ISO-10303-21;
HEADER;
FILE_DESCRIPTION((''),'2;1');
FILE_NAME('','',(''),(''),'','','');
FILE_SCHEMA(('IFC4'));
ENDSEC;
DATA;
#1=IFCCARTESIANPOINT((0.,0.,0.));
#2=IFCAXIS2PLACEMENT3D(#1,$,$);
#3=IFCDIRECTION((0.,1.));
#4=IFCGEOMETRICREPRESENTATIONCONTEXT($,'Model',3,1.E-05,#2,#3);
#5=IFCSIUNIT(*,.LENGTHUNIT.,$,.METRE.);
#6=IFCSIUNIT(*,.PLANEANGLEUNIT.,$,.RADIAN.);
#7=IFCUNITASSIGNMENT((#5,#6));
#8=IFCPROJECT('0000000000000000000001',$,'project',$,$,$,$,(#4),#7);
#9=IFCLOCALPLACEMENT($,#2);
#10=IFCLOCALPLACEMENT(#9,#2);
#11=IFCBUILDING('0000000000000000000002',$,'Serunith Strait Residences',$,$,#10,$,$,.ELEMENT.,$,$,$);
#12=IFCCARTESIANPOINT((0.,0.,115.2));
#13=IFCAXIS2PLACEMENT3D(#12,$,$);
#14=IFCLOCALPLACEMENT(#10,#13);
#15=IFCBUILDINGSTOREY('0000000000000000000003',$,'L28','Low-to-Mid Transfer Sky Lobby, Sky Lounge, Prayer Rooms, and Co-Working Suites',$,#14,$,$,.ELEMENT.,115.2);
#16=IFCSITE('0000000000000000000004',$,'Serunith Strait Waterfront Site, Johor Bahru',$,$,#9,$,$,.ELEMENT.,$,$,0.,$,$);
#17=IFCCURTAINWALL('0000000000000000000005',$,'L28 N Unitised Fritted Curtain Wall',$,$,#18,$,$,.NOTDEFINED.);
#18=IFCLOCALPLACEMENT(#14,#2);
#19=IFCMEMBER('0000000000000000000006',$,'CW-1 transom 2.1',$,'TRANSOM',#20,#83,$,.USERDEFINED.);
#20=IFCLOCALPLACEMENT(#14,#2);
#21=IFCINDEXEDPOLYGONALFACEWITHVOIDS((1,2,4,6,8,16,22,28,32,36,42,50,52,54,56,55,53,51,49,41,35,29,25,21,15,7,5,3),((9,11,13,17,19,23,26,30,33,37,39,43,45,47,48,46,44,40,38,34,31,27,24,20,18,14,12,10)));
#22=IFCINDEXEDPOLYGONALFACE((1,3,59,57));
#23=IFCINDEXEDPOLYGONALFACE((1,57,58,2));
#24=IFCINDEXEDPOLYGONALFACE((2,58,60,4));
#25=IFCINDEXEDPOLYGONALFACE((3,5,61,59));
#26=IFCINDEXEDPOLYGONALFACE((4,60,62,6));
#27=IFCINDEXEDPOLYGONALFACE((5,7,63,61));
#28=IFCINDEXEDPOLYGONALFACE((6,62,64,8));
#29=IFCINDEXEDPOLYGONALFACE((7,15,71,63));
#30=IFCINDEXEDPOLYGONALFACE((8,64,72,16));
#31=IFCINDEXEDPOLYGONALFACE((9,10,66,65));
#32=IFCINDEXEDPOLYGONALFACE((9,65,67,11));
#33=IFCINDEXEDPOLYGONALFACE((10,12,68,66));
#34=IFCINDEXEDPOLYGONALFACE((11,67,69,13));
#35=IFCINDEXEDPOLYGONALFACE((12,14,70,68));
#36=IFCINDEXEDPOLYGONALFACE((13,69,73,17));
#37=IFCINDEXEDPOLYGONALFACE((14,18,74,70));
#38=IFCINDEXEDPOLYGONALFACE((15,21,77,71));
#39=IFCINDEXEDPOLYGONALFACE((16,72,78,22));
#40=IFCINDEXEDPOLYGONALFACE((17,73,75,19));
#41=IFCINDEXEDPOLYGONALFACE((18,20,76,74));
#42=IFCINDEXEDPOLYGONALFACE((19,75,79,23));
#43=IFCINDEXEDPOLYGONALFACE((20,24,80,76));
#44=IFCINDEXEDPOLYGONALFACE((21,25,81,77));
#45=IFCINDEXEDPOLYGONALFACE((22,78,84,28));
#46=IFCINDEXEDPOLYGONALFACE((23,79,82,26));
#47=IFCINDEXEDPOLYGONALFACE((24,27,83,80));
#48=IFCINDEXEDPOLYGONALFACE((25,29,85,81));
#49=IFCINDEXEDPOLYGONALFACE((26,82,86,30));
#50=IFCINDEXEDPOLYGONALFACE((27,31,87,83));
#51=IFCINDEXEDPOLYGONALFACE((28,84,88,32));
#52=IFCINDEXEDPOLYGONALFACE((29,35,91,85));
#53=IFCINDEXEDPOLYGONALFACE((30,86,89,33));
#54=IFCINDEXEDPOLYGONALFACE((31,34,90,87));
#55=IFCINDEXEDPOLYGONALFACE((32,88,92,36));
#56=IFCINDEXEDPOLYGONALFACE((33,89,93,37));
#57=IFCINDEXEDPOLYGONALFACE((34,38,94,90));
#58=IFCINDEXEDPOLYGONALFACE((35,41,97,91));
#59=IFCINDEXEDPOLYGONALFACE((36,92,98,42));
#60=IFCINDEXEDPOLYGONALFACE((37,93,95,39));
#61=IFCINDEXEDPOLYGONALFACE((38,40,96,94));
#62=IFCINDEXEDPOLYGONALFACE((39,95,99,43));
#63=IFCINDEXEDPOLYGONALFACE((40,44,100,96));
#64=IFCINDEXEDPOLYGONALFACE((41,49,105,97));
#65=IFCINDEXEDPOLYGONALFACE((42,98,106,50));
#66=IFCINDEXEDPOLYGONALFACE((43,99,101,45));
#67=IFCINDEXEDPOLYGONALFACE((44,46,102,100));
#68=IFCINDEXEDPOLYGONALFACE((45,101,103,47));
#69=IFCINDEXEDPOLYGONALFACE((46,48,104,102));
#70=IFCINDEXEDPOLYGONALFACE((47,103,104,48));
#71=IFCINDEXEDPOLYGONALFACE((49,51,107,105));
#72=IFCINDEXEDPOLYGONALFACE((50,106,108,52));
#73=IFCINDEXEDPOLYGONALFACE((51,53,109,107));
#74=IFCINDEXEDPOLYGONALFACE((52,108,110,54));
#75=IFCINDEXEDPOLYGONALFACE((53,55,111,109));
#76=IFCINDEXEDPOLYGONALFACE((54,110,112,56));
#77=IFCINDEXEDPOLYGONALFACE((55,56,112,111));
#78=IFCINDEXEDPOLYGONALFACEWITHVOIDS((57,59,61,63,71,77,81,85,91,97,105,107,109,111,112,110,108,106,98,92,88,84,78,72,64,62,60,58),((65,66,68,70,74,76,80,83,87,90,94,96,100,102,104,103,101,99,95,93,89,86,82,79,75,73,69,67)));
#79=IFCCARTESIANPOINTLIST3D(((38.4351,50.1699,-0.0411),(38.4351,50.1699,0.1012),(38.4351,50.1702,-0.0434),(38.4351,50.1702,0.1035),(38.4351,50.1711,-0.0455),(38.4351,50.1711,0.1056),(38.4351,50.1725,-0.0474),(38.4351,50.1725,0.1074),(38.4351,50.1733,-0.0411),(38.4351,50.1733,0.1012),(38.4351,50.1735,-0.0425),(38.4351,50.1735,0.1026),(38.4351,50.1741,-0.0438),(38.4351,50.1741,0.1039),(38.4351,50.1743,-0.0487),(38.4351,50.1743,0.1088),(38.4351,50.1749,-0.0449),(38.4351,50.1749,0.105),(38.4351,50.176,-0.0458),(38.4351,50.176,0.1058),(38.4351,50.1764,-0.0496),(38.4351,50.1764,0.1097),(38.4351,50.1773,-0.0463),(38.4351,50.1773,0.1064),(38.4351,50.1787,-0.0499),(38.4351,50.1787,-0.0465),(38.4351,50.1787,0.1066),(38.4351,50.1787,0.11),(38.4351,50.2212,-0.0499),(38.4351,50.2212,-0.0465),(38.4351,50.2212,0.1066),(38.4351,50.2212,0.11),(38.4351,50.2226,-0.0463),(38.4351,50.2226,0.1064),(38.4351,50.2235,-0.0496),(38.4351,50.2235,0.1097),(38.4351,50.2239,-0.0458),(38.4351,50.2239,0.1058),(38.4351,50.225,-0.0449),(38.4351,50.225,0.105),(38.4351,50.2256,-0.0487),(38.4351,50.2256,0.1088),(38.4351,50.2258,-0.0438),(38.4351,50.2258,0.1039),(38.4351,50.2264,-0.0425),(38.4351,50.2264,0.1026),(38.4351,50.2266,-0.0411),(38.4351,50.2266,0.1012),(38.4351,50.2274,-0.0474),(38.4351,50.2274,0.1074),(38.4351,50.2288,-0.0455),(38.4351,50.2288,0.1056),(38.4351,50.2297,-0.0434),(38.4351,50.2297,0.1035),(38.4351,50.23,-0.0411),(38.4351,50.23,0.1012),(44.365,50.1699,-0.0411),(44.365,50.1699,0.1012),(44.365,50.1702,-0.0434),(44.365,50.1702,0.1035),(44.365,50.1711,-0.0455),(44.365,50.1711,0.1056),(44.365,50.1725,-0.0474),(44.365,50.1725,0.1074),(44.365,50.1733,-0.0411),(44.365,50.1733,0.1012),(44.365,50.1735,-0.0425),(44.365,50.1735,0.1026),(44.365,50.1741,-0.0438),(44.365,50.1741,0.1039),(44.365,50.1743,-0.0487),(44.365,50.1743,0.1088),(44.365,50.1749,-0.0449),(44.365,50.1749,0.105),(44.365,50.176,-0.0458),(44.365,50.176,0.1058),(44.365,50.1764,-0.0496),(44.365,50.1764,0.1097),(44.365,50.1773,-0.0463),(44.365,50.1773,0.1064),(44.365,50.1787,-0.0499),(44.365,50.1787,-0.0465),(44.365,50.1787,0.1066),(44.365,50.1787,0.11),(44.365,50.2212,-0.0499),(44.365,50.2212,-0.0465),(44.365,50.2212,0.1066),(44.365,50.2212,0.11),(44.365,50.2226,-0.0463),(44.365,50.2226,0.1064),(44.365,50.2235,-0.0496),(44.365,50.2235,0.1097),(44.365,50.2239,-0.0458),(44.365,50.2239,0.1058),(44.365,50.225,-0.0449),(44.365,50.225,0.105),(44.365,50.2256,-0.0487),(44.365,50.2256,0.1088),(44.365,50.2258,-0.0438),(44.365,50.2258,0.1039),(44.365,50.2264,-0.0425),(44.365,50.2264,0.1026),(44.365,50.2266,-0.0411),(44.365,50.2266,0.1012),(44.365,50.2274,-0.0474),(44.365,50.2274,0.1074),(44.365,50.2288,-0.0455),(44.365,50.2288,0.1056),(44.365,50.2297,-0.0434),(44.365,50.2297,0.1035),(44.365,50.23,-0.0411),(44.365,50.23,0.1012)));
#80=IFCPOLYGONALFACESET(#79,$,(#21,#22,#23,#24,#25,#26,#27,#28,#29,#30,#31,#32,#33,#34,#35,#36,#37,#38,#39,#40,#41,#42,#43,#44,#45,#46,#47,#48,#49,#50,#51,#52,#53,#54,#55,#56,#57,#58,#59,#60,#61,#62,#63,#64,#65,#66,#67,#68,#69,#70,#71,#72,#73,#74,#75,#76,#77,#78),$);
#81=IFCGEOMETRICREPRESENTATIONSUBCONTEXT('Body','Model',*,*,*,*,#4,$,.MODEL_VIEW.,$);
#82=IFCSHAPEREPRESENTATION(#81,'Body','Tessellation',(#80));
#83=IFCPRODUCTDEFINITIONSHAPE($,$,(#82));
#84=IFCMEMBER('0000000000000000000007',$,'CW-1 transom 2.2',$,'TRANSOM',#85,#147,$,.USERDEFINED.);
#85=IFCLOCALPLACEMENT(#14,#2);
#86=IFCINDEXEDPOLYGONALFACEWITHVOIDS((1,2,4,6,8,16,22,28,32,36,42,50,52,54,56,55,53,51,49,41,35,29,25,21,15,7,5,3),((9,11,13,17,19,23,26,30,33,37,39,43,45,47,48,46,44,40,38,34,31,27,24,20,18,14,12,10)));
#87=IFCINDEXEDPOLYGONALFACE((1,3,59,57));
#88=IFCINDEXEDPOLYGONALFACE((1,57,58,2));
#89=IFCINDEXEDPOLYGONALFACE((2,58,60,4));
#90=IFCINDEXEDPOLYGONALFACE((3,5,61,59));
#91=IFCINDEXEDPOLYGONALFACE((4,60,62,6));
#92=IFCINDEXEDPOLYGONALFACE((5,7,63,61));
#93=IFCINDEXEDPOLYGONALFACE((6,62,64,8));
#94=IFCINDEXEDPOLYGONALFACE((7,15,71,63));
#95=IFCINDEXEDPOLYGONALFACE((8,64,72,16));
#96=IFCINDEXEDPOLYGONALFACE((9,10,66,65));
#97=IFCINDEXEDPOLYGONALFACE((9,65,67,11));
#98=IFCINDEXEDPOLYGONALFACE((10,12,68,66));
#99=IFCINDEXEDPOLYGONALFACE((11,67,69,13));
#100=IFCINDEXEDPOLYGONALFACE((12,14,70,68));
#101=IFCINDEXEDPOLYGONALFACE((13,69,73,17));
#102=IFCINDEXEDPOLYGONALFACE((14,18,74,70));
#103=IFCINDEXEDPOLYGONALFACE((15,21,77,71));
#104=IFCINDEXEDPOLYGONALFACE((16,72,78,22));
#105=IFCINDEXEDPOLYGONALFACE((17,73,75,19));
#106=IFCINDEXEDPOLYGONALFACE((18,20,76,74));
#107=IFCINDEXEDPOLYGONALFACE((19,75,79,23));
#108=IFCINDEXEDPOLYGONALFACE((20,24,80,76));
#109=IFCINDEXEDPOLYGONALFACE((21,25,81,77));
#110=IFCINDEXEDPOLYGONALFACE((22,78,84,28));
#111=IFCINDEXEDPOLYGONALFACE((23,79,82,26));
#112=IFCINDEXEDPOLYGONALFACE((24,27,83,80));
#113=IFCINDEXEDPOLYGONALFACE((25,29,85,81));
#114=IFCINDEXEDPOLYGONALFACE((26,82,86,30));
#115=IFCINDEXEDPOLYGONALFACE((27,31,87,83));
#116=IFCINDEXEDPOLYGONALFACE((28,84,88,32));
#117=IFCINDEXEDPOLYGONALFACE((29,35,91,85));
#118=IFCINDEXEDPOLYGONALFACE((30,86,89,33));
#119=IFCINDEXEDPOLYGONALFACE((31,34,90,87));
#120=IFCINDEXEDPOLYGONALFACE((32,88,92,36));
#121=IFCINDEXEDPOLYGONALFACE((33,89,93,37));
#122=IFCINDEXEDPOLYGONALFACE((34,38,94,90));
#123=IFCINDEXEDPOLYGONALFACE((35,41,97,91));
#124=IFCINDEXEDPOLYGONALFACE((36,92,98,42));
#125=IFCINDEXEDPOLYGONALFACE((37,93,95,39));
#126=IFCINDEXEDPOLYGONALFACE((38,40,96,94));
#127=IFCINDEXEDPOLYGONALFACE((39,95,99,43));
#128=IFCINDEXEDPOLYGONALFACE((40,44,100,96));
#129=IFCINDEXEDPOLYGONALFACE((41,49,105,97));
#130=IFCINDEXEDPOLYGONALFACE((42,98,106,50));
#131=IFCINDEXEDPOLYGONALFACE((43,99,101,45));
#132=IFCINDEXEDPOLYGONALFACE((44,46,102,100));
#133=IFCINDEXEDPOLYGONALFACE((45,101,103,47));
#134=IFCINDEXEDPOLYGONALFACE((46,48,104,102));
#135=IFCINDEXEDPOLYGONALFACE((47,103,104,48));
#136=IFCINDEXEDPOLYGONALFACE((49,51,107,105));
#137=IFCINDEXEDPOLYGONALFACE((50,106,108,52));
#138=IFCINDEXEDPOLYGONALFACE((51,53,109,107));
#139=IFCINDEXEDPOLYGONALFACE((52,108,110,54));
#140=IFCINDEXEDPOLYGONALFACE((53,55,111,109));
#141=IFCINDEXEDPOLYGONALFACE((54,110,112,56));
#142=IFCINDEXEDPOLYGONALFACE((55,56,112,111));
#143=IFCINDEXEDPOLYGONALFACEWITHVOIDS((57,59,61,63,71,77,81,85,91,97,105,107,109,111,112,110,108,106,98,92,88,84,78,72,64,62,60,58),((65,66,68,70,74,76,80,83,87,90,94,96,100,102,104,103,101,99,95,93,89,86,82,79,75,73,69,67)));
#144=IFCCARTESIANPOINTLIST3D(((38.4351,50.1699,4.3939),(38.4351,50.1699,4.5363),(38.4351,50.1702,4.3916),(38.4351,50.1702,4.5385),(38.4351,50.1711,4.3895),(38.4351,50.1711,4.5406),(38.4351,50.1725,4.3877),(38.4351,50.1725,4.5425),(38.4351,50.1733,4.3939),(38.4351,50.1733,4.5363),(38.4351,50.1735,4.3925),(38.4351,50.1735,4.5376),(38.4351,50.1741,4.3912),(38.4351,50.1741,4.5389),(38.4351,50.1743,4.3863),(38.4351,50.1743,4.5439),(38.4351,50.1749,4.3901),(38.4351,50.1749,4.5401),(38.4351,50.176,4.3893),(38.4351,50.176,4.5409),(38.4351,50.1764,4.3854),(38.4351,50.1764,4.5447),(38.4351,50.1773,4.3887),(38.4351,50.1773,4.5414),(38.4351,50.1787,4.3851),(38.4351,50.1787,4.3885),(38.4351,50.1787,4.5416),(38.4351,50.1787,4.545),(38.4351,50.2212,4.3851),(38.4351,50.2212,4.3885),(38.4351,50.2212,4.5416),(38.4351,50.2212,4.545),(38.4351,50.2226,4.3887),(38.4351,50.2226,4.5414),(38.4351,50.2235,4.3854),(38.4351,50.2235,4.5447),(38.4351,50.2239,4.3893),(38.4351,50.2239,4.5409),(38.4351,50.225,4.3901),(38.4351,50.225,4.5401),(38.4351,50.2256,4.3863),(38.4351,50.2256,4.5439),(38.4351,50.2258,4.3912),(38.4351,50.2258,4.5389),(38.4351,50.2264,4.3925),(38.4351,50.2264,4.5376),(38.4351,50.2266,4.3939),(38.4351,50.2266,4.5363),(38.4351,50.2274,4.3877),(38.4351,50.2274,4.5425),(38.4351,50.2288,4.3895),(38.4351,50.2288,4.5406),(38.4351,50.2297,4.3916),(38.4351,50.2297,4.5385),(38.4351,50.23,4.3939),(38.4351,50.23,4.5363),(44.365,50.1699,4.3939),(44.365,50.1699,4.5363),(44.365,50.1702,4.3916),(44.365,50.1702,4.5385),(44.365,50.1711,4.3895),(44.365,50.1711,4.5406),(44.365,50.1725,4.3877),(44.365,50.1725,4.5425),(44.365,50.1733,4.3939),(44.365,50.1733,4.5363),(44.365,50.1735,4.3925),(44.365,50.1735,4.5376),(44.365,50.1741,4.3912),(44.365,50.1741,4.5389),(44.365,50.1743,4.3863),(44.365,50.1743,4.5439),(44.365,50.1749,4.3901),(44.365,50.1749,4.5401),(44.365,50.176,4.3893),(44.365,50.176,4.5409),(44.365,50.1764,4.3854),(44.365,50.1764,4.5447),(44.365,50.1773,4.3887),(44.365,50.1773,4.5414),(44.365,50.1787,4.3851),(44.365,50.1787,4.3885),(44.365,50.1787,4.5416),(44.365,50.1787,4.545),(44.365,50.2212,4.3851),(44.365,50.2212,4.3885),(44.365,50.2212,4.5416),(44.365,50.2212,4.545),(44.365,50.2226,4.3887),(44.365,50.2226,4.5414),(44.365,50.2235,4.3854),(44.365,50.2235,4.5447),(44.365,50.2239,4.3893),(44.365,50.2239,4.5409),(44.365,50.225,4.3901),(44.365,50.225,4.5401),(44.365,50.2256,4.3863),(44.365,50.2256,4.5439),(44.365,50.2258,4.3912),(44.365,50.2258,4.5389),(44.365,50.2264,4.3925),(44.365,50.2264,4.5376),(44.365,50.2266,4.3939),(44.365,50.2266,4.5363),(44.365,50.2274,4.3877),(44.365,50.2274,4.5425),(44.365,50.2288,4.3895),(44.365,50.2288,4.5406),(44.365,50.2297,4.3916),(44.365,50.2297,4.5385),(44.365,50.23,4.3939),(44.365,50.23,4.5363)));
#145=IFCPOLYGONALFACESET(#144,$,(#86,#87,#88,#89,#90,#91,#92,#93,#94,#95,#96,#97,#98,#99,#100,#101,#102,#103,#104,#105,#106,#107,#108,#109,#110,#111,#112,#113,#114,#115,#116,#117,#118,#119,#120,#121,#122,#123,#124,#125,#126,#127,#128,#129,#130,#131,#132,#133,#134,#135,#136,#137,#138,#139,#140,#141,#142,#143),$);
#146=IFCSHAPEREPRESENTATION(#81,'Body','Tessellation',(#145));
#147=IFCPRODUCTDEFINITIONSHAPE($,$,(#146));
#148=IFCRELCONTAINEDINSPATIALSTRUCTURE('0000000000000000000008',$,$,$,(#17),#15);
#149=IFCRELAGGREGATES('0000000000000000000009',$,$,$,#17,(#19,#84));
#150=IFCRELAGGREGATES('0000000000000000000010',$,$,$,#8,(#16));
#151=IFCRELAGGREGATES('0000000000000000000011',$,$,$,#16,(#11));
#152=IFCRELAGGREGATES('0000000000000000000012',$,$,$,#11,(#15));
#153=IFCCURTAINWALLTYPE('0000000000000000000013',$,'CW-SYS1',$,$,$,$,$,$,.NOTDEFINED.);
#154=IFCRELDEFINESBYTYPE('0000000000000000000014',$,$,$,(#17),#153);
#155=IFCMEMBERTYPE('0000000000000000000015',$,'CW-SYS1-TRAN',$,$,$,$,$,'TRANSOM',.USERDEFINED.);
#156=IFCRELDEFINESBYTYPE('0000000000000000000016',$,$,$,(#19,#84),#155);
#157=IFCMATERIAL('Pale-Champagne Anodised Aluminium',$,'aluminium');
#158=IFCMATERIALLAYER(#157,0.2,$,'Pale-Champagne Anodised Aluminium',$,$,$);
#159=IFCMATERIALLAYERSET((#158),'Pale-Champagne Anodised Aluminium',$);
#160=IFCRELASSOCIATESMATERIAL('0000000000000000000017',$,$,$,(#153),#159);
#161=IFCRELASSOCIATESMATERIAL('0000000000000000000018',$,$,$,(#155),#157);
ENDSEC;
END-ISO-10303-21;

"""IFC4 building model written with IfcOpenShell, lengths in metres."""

from ifc_helpers import new_model, si_unit, direction, frame, origin, origin_2d, place, context, subcontext, project, spatial, hollow_rectangle, extrude, source, transform, mapped, material, layer, layer_set, material_profile, profile_set, type_object, element, aggregate, save


model = new_model("IFC4")

# Units and contexts
model_context = context("Model", 3, precision=1e-05, world=origin(), true_north=direction((0.0, 1.0)))
body_context = subcontext(model_context, "Body", "Model", "MODEL_VIEW")
ifc_project = project(units=[si_unit("LENGTHUNIT", "METRE"), si_unit("PLANEANGLEUNIT", "RADIAN")], contexts=[model_context])

# Site, building, storey
site_placement = place(None, origin())
site = spatial("IfcSite", under=ifc_project, at=site_placement, Name="Serunith Strait Waterfront Site, Johor Bahru", CompositionType="ELEMENT", RefElevation=0.0)
building_placement = place(site_placement, origin())
building = spatial("IfcBuilding", under=site, at=building_placement, Name="Serunith Strait Residences", CompositionType="ELEMENT")
storey_placement = place(building_placement, frame((0.0, 0.0, 115.2)))
storey = spatial("IfcBuildingStorey", under=building, at=storey_placement, Name="L28", Description="Low-to-Mid Transfer Sky Lobby, Sky Lounge, Prayer Rooms, and Co-Working Suites", CompositionType="ELEMENT", Elevation=115.2)

# Curtain wall, members
ifc_material_1 = material(Name="Pale-Champagne Anodised Aluminium", Category="aluminium")
ifc_layer_1 = layer(ifc_material_1, 0.2, Name="Pale-Champagne Anodised Aluminium")
ifc_layer_set_1 = layer_set([ifc_layer_1], Name="Pale-Champagne Anodised Aluminium")
curtain_wall_type = type_object("IfcCurtainWallType", Name="CW-SYS1", PredefinedType="NOTDEFINED", material=ifc_layer_set_1)
curtain_wall_placement = place(storey_placement, origin())
curtain_wall = element("IfcCurtainWall", 1, at=curtain_wall_placement, inside=storey, type_object=curtain_wall_type, Name="L28 N Unitised Fritted Curtain Wall", PredefinedType="NOTDEFINED")
ifc_material_profile_1 = material_profile(ifc_material_1, hollow_rectangle(XDim=0.0601, YDim=0.1599, WallThickness=0.0034, InnerFilletRadius=0.0054, OuterFilletRadius=0.0088, at=origin_2d()), Name="ALU 160x60x3.5")
ifc_profile_set_1 = profile_set([ifc_material_profile_1], Name="Pale-Champagne Anodised Aluminium")
member_type_1 = type_object("IfcMemberType", Name="CW-SYS1-TRAN", ElementType="TRANSOM", PredefinedType="USERDEFINED", material=ifc_profile_set_1)
shared_shape_1 = source(origin(), body_context, "Body", "SweptSolid", [
    extrude(hollow_rectangle(XDim=0.0601, YDim=0.1599, WallThickness=0.0034, InnerFilletRadius=0.0054, OuterFilletRadius=0.0088, at=origin_2d()), origin(), (0.0, 0.0, 1.0), 5.9299),
])
member_1_placement = place(storey_placement, frame((44.365, 50.2, 0.03), z_axis=(-1.0, 0.0, 0.0), x_axis=(0.0, -1.0, 0.0)))
member_1 = element("IfcMember", 2, at=member_1_placement, type_object=member_type_1, Name="CW-1 transom 2.1", ObjectType="TRANSOM", PredefinedType="USERDEFINED", context=body_context, shape_type="MappedRepresentation", body=[
    mapped(shared_shape_1, transform((0.0, 0.0, 0.0), scale=1.0)),
])
member_2_placement = place(storey_placement, frame((44.365, 50.2, 4.4651), z_axis=(-1.0, 0.0, 0.0), x_axis=(0.0, -1.0, 0.0)))
member_2 = element("IfcMember", 3, at=member_2_placement, type_object=member_type_1, Name="CW-1 transom 2.2", ObjectType="TRANSOM", PredefinedType="USERDEFINED", context=body_context, shape_type="MappedRepresentation", body=[
    mapped(shared_shape_1, transform((0.0, 0.0, 0.0), scale=1.0)),
])
aggregate(curtain_wall, [member_1, member_2])

save(model, "model.ifc")
